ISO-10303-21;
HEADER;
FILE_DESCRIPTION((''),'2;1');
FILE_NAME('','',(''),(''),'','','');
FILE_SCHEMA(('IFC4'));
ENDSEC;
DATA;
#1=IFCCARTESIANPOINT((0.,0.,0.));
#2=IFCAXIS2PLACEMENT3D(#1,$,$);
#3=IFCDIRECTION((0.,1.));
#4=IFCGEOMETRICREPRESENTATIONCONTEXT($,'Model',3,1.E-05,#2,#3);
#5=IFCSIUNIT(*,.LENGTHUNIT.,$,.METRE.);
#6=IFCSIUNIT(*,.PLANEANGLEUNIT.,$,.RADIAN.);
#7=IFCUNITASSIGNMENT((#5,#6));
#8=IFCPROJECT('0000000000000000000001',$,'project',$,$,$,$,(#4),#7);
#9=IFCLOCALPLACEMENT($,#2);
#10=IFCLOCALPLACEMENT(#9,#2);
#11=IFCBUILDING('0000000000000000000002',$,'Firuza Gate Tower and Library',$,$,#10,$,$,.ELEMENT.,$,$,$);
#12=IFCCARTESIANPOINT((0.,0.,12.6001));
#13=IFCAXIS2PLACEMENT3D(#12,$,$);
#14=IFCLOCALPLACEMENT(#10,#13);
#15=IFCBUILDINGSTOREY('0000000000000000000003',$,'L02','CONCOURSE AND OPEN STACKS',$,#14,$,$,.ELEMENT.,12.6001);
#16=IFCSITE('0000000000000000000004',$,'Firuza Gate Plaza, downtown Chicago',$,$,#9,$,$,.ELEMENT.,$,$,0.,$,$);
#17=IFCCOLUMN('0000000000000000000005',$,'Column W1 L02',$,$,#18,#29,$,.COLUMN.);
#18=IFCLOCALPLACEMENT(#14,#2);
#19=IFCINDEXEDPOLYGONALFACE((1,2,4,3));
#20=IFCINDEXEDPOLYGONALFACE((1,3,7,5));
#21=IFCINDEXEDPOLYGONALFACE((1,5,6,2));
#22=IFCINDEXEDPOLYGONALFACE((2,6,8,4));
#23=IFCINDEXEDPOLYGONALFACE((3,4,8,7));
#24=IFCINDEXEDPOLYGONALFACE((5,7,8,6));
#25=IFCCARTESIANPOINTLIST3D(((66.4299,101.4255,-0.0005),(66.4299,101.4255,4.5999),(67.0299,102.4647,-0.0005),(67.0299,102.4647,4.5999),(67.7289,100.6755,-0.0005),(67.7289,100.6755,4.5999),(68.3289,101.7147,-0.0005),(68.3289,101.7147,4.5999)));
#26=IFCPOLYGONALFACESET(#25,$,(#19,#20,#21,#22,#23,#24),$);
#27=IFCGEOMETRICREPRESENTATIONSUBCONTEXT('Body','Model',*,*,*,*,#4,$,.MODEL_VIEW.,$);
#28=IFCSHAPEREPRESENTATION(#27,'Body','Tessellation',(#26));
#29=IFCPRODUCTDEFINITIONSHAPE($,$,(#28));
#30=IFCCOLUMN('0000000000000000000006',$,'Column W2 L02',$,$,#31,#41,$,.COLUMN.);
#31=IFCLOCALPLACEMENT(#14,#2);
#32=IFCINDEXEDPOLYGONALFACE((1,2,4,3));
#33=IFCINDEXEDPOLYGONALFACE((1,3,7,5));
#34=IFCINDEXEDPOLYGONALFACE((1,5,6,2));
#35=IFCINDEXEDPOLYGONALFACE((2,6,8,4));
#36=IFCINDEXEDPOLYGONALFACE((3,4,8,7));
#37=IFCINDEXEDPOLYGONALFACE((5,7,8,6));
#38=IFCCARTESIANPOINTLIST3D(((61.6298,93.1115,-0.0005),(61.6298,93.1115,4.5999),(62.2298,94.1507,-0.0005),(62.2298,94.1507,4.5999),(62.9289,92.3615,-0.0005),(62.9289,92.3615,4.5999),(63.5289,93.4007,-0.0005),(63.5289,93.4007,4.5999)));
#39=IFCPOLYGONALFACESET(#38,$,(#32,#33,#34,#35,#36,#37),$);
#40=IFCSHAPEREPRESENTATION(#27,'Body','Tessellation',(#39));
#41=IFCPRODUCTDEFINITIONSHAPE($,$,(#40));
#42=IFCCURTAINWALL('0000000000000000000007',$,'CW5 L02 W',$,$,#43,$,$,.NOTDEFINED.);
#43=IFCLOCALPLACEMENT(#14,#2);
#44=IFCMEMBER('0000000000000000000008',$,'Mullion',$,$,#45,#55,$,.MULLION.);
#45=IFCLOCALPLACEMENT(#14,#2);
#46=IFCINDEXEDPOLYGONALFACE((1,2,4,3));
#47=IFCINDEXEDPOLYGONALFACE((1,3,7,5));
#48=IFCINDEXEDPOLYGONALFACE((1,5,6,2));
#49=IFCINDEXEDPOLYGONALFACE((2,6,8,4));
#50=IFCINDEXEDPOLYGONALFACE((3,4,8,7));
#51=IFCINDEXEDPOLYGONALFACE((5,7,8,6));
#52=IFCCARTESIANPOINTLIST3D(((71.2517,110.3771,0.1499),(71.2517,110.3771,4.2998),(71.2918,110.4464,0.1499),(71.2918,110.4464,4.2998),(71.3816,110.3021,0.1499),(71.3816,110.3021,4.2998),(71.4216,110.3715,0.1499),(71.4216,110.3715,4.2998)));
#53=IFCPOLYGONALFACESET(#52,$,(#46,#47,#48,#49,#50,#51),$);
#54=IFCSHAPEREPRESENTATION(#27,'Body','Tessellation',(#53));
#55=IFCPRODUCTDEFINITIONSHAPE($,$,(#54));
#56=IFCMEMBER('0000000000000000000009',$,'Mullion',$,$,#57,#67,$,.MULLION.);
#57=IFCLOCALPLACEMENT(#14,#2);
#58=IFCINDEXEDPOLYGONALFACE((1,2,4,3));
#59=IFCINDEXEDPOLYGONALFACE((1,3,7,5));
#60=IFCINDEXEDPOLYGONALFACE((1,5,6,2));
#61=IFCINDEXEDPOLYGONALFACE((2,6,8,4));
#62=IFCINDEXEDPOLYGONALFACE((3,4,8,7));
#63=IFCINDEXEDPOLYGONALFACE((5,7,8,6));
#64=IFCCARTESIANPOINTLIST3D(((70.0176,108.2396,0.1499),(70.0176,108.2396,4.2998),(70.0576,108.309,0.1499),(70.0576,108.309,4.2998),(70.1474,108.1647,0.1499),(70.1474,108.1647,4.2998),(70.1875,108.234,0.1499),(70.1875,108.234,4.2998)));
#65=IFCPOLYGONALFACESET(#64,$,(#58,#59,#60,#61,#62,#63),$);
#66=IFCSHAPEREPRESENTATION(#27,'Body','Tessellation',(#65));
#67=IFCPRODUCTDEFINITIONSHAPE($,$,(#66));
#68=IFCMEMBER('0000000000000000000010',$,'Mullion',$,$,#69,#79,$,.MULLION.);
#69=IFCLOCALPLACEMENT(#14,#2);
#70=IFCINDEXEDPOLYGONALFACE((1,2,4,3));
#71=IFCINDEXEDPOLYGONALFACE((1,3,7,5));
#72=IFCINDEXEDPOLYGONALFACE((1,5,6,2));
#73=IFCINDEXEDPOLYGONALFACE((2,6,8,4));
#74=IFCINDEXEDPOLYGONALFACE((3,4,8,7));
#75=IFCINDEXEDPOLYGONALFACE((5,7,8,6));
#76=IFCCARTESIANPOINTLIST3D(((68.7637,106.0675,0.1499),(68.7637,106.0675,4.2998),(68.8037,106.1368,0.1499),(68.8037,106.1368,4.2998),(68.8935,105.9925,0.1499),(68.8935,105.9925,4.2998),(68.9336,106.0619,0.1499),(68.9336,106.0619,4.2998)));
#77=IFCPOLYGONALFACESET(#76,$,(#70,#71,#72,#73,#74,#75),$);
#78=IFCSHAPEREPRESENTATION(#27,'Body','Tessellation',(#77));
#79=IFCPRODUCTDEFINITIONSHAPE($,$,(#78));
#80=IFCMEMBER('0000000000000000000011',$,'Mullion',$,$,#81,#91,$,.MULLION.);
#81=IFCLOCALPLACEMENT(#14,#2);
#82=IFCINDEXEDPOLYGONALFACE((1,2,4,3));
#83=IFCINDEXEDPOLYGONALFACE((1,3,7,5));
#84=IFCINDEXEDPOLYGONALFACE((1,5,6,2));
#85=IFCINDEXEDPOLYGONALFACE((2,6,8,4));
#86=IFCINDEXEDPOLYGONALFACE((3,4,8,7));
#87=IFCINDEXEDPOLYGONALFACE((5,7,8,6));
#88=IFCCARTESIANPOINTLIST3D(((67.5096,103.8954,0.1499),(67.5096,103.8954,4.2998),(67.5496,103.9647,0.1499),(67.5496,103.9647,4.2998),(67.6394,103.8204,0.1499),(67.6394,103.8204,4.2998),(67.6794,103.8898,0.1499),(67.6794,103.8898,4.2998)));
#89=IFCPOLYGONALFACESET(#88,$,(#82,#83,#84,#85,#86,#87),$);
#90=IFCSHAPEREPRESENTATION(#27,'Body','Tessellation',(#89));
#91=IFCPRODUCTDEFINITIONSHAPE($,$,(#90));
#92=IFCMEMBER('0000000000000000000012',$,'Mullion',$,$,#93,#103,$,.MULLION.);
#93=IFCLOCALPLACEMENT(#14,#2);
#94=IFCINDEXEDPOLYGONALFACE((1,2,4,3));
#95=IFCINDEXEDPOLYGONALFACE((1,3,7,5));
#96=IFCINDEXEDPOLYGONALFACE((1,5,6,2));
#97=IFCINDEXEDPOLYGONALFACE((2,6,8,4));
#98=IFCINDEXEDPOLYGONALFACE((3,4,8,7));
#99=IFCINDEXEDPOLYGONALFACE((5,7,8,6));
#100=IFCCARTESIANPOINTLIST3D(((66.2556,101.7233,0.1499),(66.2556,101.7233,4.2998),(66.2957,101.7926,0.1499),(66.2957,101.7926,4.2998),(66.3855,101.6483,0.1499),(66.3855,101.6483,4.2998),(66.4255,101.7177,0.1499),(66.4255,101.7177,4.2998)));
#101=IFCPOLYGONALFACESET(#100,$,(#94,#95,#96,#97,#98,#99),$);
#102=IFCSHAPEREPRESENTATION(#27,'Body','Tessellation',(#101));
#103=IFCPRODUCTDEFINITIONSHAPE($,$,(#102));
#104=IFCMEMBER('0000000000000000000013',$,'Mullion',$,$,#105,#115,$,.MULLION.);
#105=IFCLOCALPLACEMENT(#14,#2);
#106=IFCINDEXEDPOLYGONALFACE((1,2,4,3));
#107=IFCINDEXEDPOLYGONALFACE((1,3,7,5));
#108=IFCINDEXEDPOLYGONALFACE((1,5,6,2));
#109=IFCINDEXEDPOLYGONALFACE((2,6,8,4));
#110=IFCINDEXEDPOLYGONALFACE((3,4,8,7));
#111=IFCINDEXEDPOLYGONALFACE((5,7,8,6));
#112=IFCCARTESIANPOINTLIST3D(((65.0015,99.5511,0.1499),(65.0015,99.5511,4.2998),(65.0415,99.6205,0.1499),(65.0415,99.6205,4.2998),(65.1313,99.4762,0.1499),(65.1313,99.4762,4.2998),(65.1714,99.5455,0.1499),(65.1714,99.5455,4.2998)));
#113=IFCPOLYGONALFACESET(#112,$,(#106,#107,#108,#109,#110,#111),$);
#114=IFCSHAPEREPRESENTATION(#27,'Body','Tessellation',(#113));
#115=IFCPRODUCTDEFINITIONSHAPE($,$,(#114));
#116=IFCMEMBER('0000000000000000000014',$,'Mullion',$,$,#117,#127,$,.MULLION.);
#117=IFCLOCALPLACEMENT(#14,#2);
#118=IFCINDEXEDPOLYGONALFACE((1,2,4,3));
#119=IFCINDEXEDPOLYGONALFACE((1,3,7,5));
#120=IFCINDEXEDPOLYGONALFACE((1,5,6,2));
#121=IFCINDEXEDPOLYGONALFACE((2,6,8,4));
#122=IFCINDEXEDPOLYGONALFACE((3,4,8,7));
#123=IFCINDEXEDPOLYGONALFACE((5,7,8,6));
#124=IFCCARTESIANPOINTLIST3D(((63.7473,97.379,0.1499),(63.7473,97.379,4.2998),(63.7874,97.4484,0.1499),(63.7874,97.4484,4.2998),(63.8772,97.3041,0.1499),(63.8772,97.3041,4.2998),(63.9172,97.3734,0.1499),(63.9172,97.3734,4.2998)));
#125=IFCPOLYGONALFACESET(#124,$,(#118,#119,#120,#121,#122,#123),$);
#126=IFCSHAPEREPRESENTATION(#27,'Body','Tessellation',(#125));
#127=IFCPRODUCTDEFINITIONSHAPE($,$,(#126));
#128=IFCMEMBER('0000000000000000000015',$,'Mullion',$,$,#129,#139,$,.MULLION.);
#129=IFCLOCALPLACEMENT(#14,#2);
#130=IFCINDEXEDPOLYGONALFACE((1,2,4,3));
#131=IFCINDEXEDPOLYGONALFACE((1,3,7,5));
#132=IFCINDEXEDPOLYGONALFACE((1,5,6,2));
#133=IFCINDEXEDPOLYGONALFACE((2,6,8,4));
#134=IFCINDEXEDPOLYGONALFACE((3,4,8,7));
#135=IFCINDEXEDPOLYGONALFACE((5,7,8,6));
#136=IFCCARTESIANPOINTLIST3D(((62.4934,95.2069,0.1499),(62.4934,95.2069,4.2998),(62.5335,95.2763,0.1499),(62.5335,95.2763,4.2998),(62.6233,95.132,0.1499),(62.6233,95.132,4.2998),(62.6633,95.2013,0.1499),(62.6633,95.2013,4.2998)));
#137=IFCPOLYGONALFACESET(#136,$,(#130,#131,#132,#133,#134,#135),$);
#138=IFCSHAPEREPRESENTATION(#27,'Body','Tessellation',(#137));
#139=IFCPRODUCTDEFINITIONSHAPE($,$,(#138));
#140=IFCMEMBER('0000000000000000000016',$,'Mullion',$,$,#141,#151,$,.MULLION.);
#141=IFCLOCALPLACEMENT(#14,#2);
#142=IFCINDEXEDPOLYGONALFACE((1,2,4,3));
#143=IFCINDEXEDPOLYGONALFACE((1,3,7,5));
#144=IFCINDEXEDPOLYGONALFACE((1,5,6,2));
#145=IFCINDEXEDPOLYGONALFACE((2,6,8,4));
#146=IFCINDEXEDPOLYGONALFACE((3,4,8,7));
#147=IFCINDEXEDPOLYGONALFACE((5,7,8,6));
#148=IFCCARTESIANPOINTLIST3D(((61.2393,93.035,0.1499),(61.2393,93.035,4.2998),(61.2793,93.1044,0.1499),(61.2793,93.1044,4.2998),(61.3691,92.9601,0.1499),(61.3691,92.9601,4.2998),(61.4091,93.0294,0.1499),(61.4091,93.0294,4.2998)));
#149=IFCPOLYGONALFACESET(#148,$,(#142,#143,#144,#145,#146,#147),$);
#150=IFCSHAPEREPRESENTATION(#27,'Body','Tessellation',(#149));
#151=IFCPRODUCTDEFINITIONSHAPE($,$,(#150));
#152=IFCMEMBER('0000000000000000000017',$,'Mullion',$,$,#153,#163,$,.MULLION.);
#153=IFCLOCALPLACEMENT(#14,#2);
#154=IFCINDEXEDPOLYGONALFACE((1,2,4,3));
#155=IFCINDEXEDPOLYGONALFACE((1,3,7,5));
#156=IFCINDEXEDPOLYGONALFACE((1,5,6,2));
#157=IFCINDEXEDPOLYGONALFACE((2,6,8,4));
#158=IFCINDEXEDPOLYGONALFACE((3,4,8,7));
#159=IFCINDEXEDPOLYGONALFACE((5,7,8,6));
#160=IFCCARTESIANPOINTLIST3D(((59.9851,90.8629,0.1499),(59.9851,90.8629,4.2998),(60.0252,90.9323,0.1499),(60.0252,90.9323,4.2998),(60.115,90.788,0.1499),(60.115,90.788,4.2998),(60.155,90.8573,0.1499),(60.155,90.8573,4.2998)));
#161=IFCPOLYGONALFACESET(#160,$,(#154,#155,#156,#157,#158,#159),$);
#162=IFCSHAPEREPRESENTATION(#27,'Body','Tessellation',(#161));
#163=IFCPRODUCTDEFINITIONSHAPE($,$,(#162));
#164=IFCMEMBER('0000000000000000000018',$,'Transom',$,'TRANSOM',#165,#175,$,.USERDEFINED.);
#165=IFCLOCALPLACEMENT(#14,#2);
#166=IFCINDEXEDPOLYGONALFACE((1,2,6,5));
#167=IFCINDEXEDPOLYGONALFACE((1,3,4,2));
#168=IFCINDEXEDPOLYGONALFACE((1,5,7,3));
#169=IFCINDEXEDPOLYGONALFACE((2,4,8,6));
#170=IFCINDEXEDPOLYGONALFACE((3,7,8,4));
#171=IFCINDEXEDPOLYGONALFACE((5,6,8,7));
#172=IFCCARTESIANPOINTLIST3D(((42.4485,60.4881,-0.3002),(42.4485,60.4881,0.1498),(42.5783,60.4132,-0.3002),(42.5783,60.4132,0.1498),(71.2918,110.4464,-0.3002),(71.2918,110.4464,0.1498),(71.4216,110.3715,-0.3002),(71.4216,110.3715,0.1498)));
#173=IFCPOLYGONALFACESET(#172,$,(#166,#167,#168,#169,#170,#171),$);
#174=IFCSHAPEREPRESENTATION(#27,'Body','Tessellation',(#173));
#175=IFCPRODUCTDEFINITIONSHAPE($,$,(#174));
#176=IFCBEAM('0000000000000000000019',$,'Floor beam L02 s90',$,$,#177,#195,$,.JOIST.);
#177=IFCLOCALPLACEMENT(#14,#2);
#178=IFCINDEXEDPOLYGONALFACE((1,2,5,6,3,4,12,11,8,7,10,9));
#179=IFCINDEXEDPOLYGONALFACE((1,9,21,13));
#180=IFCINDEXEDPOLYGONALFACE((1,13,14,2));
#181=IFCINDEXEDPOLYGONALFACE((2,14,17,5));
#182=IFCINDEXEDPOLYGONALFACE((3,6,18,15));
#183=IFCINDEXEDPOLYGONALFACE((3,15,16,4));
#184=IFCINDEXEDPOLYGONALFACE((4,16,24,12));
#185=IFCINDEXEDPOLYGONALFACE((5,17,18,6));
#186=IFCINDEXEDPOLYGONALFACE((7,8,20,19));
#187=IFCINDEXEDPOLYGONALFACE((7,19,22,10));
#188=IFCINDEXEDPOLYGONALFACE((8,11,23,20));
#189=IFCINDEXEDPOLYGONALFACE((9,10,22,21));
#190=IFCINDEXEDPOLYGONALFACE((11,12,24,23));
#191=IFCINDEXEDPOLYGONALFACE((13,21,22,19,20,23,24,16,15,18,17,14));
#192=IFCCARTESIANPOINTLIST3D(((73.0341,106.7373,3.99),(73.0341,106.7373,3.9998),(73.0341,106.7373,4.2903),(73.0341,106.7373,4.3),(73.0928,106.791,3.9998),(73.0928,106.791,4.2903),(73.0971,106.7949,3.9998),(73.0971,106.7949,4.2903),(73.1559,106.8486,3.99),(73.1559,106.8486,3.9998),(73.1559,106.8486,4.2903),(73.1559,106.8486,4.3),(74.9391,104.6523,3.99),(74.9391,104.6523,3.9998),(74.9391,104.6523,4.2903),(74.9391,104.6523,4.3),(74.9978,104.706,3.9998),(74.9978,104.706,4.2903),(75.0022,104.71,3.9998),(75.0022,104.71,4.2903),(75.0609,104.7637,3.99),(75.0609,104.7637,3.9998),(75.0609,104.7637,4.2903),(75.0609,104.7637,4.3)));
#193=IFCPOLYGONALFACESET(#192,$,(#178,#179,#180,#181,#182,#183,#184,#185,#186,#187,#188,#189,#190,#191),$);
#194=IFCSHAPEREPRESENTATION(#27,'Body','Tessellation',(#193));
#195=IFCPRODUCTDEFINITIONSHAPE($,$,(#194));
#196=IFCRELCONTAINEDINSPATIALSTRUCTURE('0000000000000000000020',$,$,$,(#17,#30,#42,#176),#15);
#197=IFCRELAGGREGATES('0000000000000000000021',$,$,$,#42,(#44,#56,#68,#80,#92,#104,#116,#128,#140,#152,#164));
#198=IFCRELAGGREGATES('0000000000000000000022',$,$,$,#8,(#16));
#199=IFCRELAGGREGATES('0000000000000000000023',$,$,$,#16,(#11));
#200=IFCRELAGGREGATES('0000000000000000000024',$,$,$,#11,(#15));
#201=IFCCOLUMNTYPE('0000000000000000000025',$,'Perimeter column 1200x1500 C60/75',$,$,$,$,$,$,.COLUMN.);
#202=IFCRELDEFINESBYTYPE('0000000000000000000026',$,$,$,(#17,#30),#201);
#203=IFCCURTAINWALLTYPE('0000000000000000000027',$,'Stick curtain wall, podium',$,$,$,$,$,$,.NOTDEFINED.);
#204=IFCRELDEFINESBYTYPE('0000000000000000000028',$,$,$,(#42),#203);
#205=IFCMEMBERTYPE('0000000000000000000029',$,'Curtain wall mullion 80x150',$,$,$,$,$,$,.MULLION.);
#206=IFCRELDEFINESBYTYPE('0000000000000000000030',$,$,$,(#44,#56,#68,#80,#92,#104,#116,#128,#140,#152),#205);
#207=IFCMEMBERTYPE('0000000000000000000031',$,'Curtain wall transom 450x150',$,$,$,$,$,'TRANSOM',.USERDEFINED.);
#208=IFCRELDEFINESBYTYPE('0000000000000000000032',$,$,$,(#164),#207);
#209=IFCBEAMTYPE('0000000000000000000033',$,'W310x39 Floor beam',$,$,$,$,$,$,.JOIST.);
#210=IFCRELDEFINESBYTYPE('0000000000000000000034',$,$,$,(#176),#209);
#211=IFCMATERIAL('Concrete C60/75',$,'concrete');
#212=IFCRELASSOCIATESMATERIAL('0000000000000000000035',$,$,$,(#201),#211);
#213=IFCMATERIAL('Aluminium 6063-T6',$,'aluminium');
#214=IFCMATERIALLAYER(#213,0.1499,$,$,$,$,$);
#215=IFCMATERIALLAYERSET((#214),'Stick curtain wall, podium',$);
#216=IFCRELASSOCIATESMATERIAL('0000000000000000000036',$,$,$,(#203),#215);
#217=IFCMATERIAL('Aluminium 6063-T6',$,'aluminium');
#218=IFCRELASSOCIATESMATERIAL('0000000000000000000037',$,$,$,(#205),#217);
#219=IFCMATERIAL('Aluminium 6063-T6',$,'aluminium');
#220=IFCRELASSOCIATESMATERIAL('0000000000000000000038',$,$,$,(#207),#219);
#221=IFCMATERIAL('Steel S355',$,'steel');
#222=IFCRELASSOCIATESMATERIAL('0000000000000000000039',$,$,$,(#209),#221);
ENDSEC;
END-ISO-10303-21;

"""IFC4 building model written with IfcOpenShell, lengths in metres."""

from ifc_helpers import new_model, si_unit, direction, frame, origin, origin_2d, place, context, subcontext, project, spatial, rectangle, i_section, extrude, material, layer, layer_set, material_profile, profile_set, type_object, element, aggregate, save


model = new_model("IFC4")

# Units and contexts
model_context = context("Model", 3, precision=1e-05, world=origin(), true_north=direction((0.0, 1.0)))
body_context = subcontext(model_context, "Body", "Model", "MODEL_VIEW")
ifc_project = project(units=[si_unit("LENGTHUNIT", "METRE"), si_unit("PLANEANGLEUNIT", "RADIAN")], contexts=[model_context])

# Site, building, storey
site_placement = place(None, origin())
site = spatial("IfcSite", under=ifc_project, at=site_placement, Name="Firuza Gate Plaza, downtown Chicago", CompositionType="ELEMENT", RefElevation=0.0)
building_placement = place(site_placement, origin())
building = spatial("IfcBuilding", under=site, at=building_placement, Name="Firuza Gate Tower and Library", CompositionType="ELEMENT")
storey_placement = place(building_placement, frame((0.0, 0.0, 12.6001)))
storey = spatial("IfcBuildingStorey", under=building, at=storey_placement, Name="L02", Description="CONCOURSE AND OPEN STACKS", CompositionType="ELEMENT", Elevation=12.6001)

# Columns
ifc_material_1 = material(Name="Concrete C60/75", Category="concrete")
ifc_material_profile_1 = material_profile(ifc_material_1, rectangle(XDim=1.2, YDim=1.5, at=origin_2d()))
ifc_profile_set_1 = profile_set([ifc_material_profile_1], Name="Concrete C60/75")
column_type = type_object("IfcColumnType", Name="Perimeter column 1200x1500 C60/75", PredefinedType="COLUMN", material=ifc_profile_set_1)
for number, where, z_axis, x_axis, name in (
    (1, (67.3794, 101.5701, -0.0005), (0.0, 0.0, 1.0), (-0.5, -0.866025, 0.0), "Column W1 L02"),
    (2, (62.5793, 93.2561, -0.0005), (0.0, 0.0, 1.0), (-0.5, -0.866025, 0.0), "Column W2 L02"),
):
    element("IfcColumn", number, at=place(storey_placement, frame(where, z_axis=z_axis, x_axis=x_axis)), inside=storey, type_object=column_type, Name=name, PredefinedType="COLUMN", context=body_context, shape_type="SweptSolid", body=[
        extrude(rectangle(XDim=1.2, YDim=1.5, at=origin_2d()), origin(), (0.0, 0.0, 1.0), 4.6003),
    ])

# Curtain wall, members
ifc_material_2 = material(Name="Aluminium 6063-T6", Category="aluminium")
ifc_layer_1 = layer(ifc_material_2, 0.1499)
ifc_layer_set_1 = layer_set([ifc_layer_1], Name="Stick curtain wall, podium")
curtain_wall_type = type_object("IfcCurtainWallType", Name="Stick curtain wall, podium", PredefinedType="NOTDEFINED", material=ifc_layer_set_1)
placement = place(storey_placement, origin())
curtain_wall = element("IfcCurtainWall", 3, at=placement, inside=storey, type_object=curtain_wall_type, Name="CW5 L02 W", PredefinedType="NOTDEFINED")
ifc_material_3 = material(Name="Aluminium 6063-T6", Category="aluminium")
ifc_material_profile_2 = material_profile(ifc_material_3, rectangle(XDim=0.1499, YDim=0.0801, at=origin_2d()))
ifc_profile_set_2 = profile_set([ifc_material_profile_2], Name="Aluminium 6063-T6")
member_type_1 = type_object("IfcMemberType", Name="Curtain wall mullion 80x150", PredefinedType="MULLION", material=ifc_profile_set_2)
member_1_placement = place(storey_placement, frame((71.3367, 110.3743, 0.1499), z_axis=(0.0, 0.0, 1.0), x_axis=(0.866025, -0.5, 0.0)))
member_1 = element("IfcMember", 4, at=member_1_placement, type_object=member_type_1, Name="Mullion", PredefinedType="MULLION", context=body_context, shape_type="SweptSolid", body=[
    extrude(rectangle(XDim=0.1499, YDim=0.0801, at=origin_2d()), origin(), (0.0, 0.0, 1.0), 4.1499),
])
member_2_placement = place(storey_placement, frame((70.1025, 108.2368, 0.1499), z_axis=(0.0, 0.0, 1.0), x_axis=(0.866025, -0.5, 0.0)))
member_2 = element("IfcMember", 5, at=member_2_placement, type_object=member_type_1, Name="Mullion", PredefinedType="MULLION", context=body_context, shape_type="SweptSolid", body=[
    extrude(rectangle(XDim=0.1499, YDim=0.0801, at=origin_2d()), origin(), (0.0, 0.0, 1.0), 4.1499),
])
member_3_placement = place(storey_placement, frame((68.8486, 106.0647, 0.1499), z_axis=(0.0, 0.0, 1.0), x_axis=(0.866025, -0.5, 0.0)))
member_3 = element("IfcMember", 6, at=member_3_placement, type_object=member_type_1, Name="Mullion", PredefinedType="MULLION", context=body_context, shape_type="SweptSolid", body=[
    extrude(rectangle(XDim=0.1499, YDim=0.0801, at=origin_2d()), origin(), (0.0, 0.0, 1.0), 4.1499),
])
member_4_placement = place(storey_placement, frame((67.5945, 103.8926, 0.1499), z_axis=(0.0, 0.0, 1.0), x_axis=(0.866025, -0.5, 0.0)))
member_4 = element("IfcMember", 7, at=member_4_placement, type_object=member_type_1, Name="Mullion", PredefinedType="MULLION", context=body_context, shape_type="SweptSolid", body=[
    extrude(rectangle(XDim=0.1499, YDim=0.0801, at=origin_2d()), origin(), (0.0, 0.0, 1.0), 4.1499),
])
member_5_placement = place(storey_placement, frame((66.3406, 101.7205, 0.1499), z_axis=(0.0, 0.0, 1.0), x_axis=(0.866025, -0.5, 0.0)))
member_5 = element("IfcMember", 8, at=member_5_placement, type_object=member_type_1, Name="Mullion", PredefinedType="MULLION", context=body_context, shape_type="SweptSolid", body=[
    extrude(rectangle(XDim=0.1499, YDim=0.0801, at=origin_2d()), origin(), (0.0, 0.0, 1.0), 4.1499),
])
member_6_placement = place(storey_placement, frame((65.0864, 99.5483, 0.1499), z_axis=(0.0, 0.0, 1.0), x_axis=(0.866025, -0.5, 0.0)))
member_6 = element("IfcMember", 9, at=member_6_placement, type_object=member_type_1, Name="Mullion", PredefinedType="MULLION", context=body_context, shape_type="SweptSolid", body=[
    extrude(rectangle(XDim=0.1499, YDim=0.0801, at=origin_2d()), origin(), (0.0, 0.0, 1.0), 4.1499),
])
member_7_placement = place(storey_placement, frame((63.8323, 97.3762, 0.1499), z_axis=(0.0, 0.0, 1.0), x_axis=(0.866025, -0.5, 0.0)))
member_7 = element("IfcMember", 10, at=member_7_placement, type_object=member_type_1, Name="Mullion", PredefinedType="MULLION", context=body_context, shape_type="SweptSolid", body=[
    extrude(rectangle(XDim=0.1499, YDim=0.0801, at=origin_2d()), origin(), (0.0, 0.0, 1.0), 4.1499),
])
member_8_placement = place(storey_placement, frame((62.5784, 95.2041, 0.1499), z_axis=(0.0, 0.0, 1.0), x_axis=(0.866025, -0.5, 0.0)))
member_8 = element("IfcMember", 11, at=member_8_placement, type_object=member_type_1, Name="Mullion", PredefinedType="MULLION", context=body_context, shape_type="SweptSolid", body=[
    extrude(rectangle(XDim=0.1499, YDim=0.0801, at=origin_2d()), origin(), (0.0, 0.0, 1.0), 4.1499),
])
member_9_placement = place(storey_placement, frame((61.3242, 93.0322, 0.1499), z_axis=(0.0, 0.0, 1.0), x_axis=(0.866025, -0.5, 0.0)))
member_9 = element("IfcMember", 12, at=member_9_placement, type_object=member_type_1, Name="Mullion", PredefinedType="MULLION", context=body_context, shape_type="SweptSolid", body=[
    extrude(rectangle(XDim=0.1499, YDim=0.0801, at=origin_2d()), origin(), (0.0, 0.0, 1.0), 4.1499),
])
member_10_placement = place(storey_placement, frame((60.0701, 90.8601, 0.1499), z_axis=(0.0, 0.0, 1.0), x_axis=(0.866025, -0.5, 0.0)))
member_10 = element("IfcMember", 13, at=member_10_placement, type_object=member_type_1, Name="Mullion", PredefinedType="MULLION", context=body_context, shape_type="SweptSolid", body=[
    extrude(rectangle(XDim=0.1499, YDim=0.0801, at=origin_2d()), origin(), (0.0, 0.0, 1.0), 4.1499),
])
ifc_material_4 = material(Name="Aluminium 6063-T6", Category="aluminium")
ifc_material_profile_3 = material_profile(ifc_material_4, rectangle(XDim=0.1499, YDim=0.45, at=origin_2d()))
ifc_profile_set_3 = profile_set([ifc_material_profile_3], Name="Aluminium 6063-T6")
member_type_2 = type_object("IfcMemberType", Name="Curtain wall transom 450x150", ElementType="TRANSOM", PredefinedType="USERDEFINED", material=ifc_profile_set_3)
member_11_placement = place(storey_placement, frame((71.3567, 110.4089, -0.0752), z_axis=(-0.499998, -0.866027, 0.0), x_axis=(0.866027, -0.499998, 0.0)))
member_11 = element("IfcMember", 14, at=member_11_placement, type_object=member_type_2, Name="Transom", ObjectType="TRANSOM", PredefinedType="USERDEFINED", context=body_context, shape_type="SweptSolid", body=[
    extrude(rectangle(XDim=0.1499, YDim=0.45, at=origin_2d()), origin(), (0.0, 0.0, 1.0), 57.6868),
])

# Beam
ifc_material_5 = material(Name="Steel S355", Category="steel")
ifc_material_profile_4 = material_profile(ifc_material_5, i_section(OverallWidth=0.165, OverallDepth=0.3101, WebThickness=0.0059, FlangeThickness=0.0098, at=origin_2d()))
ifc_profile_set_4 = profile_set([ifc_material_profile_4], Name="Steel S355")
beam_type_1 = type_object("IfcBeamType", Name="W310x39 Floor beam", PredefinedType="JOIST", material=ifc_profile_set_4)
beam_1_placement = place(storey_placement, frame((73.095, 106.793, 4.145), z_axis=(0.674534, -0.738244, 0.0), x_axis=(0.738244, 0.674534, 0.0)))
element("IfcBeam", 15, at=beam_1_placement, inside=storey, type_object=beam_type_1, Name="Floor beam L02 s90", PredefinedType="JOIST", context=body_context, shape_type="SweptSolid", body=[
    extrude(i_section(OverallWidth=0.165, OverallDepth=0.3101, WebThickness=0.0059, FlangeThickness=0.0098, at=origin_2d()), origin(), (0.0, 0.0, 1.0), 2.8242),
])

aggregate(curtain_wall, [member_1, member_2, member_3, member_4, member_5, member_6, member_7, member_8, member_9, member_10, member_11])

save(model, "model.ifc")
